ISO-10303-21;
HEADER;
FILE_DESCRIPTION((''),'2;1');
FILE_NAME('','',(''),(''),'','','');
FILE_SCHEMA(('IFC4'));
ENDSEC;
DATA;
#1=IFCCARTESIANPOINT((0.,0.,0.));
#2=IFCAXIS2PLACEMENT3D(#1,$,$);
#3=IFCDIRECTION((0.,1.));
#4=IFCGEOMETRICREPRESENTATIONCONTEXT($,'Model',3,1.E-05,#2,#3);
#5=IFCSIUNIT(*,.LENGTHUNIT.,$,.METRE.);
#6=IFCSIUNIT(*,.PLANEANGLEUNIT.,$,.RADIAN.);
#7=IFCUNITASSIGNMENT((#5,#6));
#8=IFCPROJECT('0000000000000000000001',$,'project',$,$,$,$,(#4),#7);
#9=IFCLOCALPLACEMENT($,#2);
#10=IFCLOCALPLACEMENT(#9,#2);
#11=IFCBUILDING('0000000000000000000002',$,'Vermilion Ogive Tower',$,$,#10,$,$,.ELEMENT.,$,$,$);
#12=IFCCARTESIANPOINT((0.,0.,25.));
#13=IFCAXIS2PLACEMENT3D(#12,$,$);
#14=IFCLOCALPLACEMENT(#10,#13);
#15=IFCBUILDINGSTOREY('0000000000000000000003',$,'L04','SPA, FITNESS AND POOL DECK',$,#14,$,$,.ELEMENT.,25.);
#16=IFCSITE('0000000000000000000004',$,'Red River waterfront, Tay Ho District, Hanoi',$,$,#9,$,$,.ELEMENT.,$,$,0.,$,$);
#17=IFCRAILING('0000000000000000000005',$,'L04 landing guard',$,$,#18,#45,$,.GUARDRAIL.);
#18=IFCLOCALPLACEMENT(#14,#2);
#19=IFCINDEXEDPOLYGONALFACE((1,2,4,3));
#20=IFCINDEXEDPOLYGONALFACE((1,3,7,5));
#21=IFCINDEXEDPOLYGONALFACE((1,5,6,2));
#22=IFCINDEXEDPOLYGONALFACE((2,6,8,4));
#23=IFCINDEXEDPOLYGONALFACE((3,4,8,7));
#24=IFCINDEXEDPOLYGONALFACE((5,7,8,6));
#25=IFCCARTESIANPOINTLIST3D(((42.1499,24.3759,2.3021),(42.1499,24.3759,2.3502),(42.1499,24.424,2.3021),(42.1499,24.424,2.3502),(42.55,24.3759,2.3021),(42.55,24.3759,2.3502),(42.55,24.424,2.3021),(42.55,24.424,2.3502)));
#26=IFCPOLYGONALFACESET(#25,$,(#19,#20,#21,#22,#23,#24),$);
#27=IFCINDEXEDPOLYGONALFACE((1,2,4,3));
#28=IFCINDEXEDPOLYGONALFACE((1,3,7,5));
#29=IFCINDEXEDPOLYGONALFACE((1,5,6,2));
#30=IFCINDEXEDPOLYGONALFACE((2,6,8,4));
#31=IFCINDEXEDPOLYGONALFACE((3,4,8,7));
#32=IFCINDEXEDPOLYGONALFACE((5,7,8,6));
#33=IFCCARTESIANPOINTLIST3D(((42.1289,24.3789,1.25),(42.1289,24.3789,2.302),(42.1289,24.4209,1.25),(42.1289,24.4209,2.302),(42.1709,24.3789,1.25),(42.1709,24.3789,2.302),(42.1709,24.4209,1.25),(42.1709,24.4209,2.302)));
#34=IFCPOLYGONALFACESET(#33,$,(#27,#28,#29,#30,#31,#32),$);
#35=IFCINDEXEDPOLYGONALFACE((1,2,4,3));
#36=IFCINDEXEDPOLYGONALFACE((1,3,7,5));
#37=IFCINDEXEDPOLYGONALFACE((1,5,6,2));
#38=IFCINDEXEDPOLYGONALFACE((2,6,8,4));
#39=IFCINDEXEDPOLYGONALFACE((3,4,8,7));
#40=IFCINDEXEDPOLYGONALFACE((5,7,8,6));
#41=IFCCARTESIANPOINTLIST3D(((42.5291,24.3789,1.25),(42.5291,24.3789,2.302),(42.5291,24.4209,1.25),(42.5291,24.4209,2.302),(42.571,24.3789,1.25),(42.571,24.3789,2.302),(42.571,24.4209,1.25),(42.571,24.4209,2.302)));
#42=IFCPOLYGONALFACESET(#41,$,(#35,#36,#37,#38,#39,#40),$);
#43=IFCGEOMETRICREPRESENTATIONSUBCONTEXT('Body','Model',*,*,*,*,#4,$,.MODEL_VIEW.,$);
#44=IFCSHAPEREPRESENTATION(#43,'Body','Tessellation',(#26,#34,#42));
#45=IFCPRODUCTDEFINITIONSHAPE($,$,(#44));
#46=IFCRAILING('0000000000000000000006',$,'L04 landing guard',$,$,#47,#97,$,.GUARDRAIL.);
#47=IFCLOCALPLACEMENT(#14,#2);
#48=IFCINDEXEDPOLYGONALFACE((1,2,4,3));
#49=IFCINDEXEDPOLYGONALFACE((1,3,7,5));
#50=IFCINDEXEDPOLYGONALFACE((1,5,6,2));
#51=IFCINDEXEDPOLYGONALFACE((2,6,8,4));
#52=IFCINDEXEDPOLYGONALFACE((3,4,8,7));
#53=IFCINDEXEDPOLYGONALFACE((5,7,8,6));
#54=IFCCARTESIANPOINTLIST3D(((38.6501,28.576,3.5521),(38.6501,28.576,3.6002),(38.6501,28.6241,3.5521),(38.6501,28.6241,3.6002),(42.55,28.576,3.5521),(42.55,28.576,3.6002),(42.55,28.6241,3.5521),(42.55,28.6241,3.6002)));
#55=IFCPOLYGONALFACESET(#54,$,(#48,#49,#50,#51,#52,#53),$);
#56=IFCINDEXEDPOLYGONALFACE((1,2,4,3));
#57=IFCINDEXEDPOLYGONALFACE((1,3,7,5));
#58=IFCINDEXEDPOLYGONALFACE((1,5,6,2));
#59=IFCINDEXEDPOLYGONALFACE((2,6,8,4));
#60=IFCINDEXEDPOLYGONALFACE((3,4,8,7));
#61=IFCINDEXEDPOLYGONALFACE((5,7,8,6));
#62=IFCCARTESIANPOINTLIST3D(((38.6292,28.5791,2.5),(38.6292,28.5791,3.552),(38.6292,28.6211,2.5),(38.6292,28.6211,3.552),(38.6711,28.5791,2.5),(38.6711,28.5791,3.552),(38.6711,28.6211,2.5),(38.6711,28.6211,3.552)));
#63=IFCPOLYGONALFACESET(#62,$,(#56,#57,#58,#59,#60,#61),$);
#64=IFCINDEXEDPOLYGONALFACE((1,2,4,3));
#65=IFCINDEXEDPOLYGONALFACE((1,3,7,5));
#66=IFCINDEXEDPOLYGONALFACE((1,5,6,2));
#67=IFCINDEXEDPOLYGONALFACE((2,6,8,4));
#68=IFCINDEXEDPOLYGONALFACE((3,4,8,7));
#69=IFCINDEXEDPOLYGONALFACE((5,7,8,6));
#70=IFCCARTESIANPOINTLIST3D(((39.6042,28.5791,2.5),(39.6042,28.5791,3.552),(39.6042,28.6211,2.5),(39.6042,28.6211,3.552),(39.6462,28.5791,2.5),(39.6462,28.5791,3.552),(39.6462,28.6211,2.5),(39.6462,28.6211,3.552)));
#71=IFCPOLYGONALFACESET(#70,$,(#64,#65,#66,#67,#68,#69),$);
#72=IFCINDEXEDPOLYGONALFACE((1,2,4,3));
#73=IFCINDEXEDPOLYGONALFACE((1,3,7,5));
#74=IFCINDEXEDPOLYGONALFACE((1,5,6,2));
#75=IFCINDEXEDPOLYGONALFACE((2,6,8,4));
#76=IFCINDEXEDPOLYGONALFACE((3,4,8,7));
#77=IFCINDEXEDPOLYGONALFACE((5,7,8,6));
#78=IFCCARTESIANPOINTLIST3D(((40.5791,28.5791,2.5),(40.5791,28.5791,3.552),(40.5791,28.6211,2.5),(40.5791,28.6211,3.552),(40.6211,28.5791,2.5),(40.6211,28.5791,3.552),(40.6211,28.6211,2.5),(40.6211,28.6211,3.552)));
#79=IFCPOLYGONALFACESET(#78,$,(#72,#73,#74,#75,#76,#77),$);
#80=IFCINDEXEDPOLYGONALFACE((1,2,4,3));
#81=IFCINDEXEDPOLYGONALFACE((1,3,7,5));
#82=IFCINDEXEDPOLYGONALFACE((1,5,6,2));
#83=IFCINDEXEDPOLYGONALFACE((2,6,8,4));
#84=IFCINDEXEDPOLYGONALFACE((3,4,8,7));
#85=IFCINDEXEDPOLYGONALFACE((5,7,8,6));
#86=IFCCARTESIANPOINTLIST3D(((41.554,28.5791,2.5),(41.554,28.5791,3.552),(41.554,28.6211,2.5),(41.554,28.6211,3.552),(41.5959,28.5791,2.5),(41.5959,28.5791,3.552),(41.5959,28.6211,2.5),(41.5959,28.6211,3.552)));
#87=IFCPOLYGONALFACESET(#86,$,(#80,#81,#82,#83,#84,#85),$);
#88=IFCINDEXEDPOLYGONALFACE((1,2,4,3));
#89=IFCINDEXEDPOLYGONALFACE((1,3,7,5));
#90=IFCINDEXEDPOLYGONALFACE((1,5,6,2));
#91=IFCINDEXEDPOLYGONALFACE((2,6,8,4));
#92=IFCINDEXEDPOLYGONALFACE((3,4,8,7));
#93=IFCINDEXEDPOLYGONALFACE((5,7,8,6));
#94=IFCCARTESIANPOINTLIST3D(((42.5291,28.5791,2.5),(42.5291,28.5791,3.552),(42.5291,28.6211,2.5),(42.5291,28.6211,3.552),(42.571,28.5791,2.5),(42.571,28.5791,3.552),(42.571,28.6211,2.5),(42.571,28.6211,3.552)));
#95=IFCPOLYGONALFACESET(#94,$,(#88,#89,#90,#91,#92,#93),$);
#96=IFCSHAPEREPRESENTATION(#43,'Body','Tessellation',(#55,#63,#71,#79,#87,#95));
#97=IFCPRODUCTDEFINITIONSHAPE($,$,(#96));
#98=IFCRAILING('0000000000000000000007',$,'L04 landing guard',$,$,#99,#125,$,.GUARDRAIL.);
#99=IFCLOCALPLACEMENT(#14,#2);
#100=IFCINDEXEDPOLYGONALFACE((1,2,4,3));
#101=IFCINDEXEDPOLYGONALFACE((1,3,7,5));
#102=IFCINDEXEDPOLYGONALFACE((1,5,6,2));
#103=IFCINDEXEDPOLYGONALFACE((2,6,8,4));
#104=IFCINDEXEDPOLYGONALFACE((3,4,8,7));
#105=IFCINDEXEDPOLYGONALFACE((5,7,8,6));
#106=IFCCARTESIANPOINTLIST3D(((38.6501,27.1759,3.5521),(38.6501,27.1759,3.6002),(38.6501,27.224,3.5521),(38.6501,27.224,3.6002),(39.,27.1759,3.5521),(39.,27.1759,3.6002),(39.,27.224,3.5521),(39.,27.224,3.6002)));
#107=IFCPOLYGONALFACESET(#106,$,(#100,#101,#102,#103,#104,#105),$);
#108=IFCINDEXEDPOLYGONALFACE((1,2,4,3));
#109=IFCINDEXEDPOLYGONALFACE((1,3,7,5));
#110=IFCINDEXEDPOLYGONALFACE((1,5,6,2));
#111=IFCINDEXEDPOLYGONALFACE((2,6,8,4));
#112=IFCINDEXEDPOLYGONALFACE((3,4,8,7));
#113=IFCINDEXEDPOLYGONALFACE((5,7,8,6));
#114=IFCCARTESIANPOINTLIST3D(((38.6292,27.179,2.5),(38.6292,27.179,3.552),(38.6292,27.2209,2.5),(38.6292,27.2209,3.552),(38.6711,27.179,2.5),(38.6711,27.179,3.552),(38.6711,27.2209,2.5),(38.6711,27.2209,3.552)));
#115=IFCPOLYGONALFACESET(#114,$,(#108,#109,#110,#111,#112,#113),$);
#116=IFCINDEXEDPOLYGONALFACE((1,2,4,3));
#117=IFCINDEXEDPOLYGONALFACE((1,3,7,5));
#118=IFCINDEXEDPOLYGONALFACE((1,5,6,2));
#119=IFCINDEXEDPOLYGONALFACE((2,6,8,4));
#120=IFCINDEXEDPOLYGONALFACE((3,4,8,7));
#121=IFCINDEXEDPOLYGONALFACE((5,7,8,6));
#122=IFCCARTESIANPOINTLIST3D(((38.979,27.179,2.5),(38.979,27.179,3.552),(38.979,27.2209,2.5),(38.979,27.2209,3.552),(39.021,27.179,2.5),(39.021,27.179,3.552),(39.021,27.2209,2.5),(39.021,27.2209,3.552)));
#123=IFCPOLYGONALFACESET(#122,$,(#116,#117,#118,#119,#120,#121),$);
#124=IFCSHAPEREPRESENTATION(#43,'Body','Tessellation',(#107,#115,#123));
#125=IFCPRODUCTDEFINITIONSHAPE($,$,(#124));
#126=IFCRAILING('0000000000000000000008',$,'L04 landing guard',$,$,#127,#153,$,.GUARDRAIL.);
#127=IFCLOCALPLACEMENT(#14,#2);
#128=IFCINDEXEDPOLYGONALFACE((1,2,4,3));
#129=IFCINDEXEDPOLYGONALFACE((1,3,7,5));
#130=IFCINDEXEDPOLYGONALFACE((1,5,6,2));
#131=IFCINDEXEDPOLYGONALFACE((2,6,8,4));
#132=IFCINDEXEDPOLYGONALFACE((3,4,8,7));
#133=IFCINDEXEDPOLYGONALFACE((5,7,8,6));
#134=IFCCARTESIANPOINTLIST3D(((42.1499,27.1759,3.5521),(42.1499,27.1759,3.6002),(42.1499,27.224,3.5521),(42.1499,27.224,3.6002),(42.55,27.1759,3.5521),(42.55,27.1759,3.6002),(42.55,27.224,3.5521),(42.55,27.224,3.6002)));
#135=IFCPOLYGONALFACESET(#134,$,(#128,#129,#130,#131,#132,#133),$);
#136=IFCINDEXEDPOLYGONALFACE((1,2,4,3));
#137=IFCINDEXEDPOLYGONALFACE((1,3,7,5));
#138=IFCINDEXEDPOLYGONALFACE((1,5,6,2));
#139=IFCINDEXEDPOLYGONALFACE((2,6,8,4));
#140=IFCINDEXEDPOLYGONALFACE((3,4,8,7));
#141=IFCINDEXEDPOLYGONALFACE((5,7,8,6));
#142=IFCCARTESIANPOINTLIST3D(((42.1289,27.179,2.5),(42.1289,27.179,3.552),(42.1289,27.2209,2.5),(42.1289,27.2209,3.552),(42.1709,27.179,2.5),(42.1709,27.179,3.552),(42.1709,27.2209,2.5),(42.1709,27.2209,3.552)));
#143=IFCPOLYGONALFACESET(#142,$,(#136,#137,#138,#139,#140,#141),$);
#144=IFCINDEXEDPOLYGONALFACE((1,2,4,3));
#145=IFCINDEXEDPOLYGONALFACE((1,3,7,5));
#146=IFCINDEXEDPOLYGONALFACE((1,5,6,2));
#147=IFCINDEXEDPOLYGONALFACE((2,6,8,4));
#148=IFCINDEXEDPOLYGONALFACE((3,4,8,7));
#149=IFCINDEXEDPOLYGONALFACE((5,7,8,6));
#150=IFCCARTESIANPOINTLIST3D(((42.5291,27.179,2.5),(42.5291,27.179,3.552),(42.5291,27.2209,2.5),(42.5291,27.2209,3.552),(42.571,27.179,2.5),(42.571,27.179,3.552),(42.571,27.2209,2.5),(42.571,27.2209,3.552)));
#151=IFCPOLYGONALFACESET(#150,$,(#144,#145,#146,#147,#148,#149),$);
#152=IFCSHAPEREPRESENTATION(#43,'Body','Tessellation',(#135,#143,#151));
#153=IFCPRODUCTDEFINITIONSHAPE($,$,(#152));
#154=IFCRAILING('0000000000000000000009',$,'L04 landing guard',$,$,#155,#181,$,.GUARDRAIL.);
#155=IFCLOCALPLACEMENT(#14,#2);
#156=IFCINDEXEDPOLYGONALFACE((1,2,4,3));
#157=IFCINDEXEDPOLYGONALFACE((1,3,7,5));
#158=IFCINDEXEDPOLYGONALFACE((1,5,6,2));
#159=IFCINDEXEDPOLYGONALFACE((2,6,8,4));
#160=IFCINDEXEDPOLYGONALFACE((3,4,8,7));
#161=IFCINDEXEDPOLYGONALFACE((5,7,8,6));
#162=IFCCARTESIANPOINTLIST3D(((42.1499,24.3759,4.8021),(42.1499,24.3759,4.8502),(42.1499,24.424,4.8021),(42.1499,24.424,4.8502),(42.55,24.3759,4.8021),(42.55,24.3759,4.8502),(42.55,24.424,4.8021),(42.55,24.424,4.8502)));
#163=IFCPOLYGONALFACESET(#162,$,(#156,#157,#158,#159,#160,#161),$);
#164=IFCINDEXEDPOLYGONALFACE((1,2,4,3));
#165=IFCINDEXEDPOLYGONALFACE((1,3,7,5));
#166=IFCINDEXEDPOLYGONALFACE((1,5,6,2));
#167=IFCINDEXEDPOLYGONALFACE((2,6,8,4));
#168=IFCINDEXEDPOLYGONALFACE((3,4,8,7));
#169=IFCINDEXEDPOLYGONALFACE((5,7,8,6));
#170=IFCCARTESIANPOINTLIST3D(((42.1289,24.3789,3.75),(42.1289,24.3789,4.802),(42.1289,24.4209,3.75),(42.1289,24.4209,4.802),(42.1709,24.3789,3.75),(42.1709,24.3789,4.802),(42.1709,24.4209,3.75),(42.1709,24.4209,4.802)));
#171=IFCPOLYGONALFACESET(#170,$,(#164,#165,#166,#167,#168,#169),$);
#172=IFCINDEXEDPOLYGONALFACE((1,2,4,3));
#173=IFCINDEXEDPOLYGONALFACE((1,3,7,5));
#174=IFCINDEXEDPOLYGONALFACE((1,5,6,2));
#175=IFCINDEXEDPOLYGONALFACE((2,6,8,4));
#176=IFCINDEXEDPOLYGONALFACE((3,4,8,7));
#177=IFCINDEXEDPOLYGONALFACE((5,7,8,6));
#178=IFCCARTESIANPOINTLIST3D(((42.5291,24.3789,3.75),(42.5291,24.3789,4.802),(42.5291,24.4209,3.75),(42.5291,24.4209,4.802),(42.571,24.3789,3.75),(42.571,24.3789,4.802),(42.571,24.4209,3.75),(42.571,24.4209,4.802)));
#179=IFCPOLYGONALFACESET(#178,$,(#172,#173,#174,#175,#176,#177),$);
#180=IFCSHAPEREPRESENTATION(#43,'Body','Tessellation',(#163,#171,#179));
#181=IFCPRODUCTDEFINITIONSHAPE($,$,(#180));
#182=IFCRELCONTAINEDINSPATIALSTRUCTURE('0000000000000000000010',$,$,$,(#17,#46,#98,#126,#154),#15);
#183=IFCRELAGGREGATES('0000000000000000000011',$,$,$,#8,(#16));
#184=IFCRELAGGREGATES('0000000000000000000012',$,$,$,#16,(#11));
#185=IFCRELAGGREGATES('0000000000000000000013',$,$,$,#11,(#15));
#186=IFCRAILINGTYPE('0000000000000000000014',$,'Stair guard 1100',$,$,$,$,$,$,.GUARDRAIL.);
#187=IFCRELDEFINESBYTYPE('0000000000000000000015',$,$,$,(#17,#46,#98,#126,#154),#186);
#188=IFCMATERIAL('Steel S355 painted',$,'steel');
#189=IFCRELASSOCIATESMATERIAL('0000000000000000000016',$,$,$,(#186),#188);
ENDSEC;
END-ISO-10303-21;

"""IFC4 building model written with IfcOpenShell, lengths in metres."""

from ifc_helpers import new_model, si_unit, direction, frame, origin, origin_2d, place, context, subcontext, project, spatial, rectangle, extrude, material, type_object, element, save


model = new_model("IFC4")

# Units and contexts
model_context = context("Model", 3, precision=1e-05, world=origin(), true_north=direction((0.0, 1.0)))
body_context = subcontext(model_context, "Body", "Model", "MODEL_VIEW")
ifc_project = project(units=[si_unit("LENGTHUNIT", "METRE"), si_unit("PLANEANGLEUNIT", "RADIAN")], contexts=[model_context])

# Site, building, storey
site_placement = place(None, origin())
site = spatial("IfcSite", under=ifc_project, at=site_placement, Name="Red River waterfront, Tay Ho District, Hanoi", CompositionType="ELEMENT", RefElevation=0.0)
building_placement = place(site_placement, origin())
building = spatial("IfcBuilding", under=site, at=building_placement, Name="Vermilion Ogive Tower", CompositionType="ELEMENT")
storey_placement = place(building_placement, frame((0.0, 0.0, 25.0)))
storey = spatial("IfcBuildingStorey", under=building, at=storey_placement, Name="L04", Description="SPA, FITNESS AND POOL DECK", CompositionType="ELEMENT", Elevation=25.0)

# Railings
ifc_material_1 = material(Name="Steel S355 painted", Category="steel")
railing_type_1 = type_object("IfcRailingType", Name="Stair guard 1100", PredefinedType="GUARDRAIL", material=ifc_material_1)
railing_1_placement = place(storey_placement, frame((42.1499, 24.3999, 1.25)))
element("IfcRailing", 1, at=railing_1_placement, inside=storey, type_object=railing_type_1, Name="L04 landing guard", PredefinedType="GUARDRAIL", context=body_context, shape_type="SweptSolid", body=[
    extrude(rectangle(XDim=0.0481, YDim=0.0481, at=origin_2d()), frame((0.0, 0.0, 1.0762), z_axis=(1.0, 0.0, 0.0), x_axis=(0.0, 1.0, 0.0)), (0.0, 0.0, 1.0), 0.4001),
    extrude(rectangle(XDim=0.042, YDim=0.042, at=origin_2d()), origin(), (0.0, 0.0, 1.0), 1.052),
    extrude(rectangle(XDim=0.042, YDim=0.042, at=origin_2d()), frame((0.4001, 0.0, 0.0)), (0.0, 0.0, 1.0), 1.052),
])
railing_2_placement = place(storey_placement, frame((38.6501, 28.6001, 2.5)))
element("IfcRailing", 2, at=railing_2_placement, inside=storey, type_object=railing_type_1, Name="L04 landing guard", PredefinedType="GUARDRAIL", context=body_context, shape_type="SweptSolid", body=[
    extrude(rectangle(XDim=0.0481, YDim=0.0481, at=origin_2d()), frame((0.0, 0.0, 1.0762), z_axis=(1.0, 0.0, 0.0), x_axis=(0.0, 1.0, 0.0)), (0.0, 0.0, 1.0), 3.8999),
    extrude(rectangle(XDim=0.042, YDim=0.042, at=origin_2d()), origin(), (0.0, 0.0, 1.0), 1.052),
    extrude(rectangle(XDim=0.042, YDim=0.042, at=origin_2d()), frame((0.9751, 0.0, 0.0)), (0.0, 0.0, 1.0), 1.052),
    extrude(rectangle(XDim=0.042, YDim=0.042, at=origin_2d()), frame((1.95, 0.0, 0.0)), (0.0, 0.0, 1.0), 1.052),
    extrude(rectangle(XDim=0.042, YDim=0.042, at=origin_2d()), frame((2.9248, 0.0, 0.0)), (0.0, 0.0, 1.0), 1.052),
    extrude(rectangle(XDim=0.042, YDim=0.042, at=origin_2d()), frame((3.8999, 0.0, 0.0)), (0.0, 0.0, 1.0), 1.052),
])
railing_3_placement = place(storey_placement, frame((38.6501, 27.2, 2.5)))
element("IfcRailing", 3, at=railing_3_placement, inside=storey, type_object=railing_type_1, Name="L04 landing guard", PredefinedType="GUARDRAIL", context=body_context, shape_type="SweptSolid", body=[
    extrude(rectangle(XDim=0.0481, YDim=0.0481, at=origin_2d()), frame((0.0, 0.0, 1.0762), z_axis=(1.0, 0.0, 0.0), x_axis=(0.0, 1.0, 0.0)), (0.0, 0.0, 1.0), 0.3499),
    extrude(rectangle(XDim=0.042, YDim=0.042, at=origin_2d()), origin(), (0.0, 0.0, 1.0), 1.052),
    extrude(rectangle(XDim=0.042, YDim=0.042, at=origin_2d()), frame((0.3499, 0.0, 0.0)), (0.0, 0.0, 1.0), 1.052),
])
for number, where, name in (
    (4, (42.1499, 27.2, 2.5), "L04 landing guard"),
    (5, (42.1499, 24.3999, 3.75), "L04 landing guard"),
):
    element("IfcRailing", number, at=place(storey_placement, frame(where)), inside=storey, type_object=railing_type_1, Name=name, PredefinedType="GUARDRAIL", context=body_context, shape_type="SweptSolid", body=[
        extrude(rectangle(XDim=0.0481, YDim=0.0481, at=origin_2d()), frame((0.0, 0.0, 1.0762), z_axis=(1.0, 0.0, 0.0), x_axis=(0.0, 1.0, 0.0)), (0.0, 0.0, 1.0), 0.4001),
        extrude(rectangle(XDim=0.042, YDim=0.042, at=origin_2d()), origin(), (0.0, 0.0, 1.0), 1.052),
        extrude(rectangle(XDim=0.042, YDim=0.042, at=origin_2d()), frame((0.4001, 0.0, 0.0)), (0.0, 0.0, 1.0), 1.052),
    ])

save(model, "model.ifc")
